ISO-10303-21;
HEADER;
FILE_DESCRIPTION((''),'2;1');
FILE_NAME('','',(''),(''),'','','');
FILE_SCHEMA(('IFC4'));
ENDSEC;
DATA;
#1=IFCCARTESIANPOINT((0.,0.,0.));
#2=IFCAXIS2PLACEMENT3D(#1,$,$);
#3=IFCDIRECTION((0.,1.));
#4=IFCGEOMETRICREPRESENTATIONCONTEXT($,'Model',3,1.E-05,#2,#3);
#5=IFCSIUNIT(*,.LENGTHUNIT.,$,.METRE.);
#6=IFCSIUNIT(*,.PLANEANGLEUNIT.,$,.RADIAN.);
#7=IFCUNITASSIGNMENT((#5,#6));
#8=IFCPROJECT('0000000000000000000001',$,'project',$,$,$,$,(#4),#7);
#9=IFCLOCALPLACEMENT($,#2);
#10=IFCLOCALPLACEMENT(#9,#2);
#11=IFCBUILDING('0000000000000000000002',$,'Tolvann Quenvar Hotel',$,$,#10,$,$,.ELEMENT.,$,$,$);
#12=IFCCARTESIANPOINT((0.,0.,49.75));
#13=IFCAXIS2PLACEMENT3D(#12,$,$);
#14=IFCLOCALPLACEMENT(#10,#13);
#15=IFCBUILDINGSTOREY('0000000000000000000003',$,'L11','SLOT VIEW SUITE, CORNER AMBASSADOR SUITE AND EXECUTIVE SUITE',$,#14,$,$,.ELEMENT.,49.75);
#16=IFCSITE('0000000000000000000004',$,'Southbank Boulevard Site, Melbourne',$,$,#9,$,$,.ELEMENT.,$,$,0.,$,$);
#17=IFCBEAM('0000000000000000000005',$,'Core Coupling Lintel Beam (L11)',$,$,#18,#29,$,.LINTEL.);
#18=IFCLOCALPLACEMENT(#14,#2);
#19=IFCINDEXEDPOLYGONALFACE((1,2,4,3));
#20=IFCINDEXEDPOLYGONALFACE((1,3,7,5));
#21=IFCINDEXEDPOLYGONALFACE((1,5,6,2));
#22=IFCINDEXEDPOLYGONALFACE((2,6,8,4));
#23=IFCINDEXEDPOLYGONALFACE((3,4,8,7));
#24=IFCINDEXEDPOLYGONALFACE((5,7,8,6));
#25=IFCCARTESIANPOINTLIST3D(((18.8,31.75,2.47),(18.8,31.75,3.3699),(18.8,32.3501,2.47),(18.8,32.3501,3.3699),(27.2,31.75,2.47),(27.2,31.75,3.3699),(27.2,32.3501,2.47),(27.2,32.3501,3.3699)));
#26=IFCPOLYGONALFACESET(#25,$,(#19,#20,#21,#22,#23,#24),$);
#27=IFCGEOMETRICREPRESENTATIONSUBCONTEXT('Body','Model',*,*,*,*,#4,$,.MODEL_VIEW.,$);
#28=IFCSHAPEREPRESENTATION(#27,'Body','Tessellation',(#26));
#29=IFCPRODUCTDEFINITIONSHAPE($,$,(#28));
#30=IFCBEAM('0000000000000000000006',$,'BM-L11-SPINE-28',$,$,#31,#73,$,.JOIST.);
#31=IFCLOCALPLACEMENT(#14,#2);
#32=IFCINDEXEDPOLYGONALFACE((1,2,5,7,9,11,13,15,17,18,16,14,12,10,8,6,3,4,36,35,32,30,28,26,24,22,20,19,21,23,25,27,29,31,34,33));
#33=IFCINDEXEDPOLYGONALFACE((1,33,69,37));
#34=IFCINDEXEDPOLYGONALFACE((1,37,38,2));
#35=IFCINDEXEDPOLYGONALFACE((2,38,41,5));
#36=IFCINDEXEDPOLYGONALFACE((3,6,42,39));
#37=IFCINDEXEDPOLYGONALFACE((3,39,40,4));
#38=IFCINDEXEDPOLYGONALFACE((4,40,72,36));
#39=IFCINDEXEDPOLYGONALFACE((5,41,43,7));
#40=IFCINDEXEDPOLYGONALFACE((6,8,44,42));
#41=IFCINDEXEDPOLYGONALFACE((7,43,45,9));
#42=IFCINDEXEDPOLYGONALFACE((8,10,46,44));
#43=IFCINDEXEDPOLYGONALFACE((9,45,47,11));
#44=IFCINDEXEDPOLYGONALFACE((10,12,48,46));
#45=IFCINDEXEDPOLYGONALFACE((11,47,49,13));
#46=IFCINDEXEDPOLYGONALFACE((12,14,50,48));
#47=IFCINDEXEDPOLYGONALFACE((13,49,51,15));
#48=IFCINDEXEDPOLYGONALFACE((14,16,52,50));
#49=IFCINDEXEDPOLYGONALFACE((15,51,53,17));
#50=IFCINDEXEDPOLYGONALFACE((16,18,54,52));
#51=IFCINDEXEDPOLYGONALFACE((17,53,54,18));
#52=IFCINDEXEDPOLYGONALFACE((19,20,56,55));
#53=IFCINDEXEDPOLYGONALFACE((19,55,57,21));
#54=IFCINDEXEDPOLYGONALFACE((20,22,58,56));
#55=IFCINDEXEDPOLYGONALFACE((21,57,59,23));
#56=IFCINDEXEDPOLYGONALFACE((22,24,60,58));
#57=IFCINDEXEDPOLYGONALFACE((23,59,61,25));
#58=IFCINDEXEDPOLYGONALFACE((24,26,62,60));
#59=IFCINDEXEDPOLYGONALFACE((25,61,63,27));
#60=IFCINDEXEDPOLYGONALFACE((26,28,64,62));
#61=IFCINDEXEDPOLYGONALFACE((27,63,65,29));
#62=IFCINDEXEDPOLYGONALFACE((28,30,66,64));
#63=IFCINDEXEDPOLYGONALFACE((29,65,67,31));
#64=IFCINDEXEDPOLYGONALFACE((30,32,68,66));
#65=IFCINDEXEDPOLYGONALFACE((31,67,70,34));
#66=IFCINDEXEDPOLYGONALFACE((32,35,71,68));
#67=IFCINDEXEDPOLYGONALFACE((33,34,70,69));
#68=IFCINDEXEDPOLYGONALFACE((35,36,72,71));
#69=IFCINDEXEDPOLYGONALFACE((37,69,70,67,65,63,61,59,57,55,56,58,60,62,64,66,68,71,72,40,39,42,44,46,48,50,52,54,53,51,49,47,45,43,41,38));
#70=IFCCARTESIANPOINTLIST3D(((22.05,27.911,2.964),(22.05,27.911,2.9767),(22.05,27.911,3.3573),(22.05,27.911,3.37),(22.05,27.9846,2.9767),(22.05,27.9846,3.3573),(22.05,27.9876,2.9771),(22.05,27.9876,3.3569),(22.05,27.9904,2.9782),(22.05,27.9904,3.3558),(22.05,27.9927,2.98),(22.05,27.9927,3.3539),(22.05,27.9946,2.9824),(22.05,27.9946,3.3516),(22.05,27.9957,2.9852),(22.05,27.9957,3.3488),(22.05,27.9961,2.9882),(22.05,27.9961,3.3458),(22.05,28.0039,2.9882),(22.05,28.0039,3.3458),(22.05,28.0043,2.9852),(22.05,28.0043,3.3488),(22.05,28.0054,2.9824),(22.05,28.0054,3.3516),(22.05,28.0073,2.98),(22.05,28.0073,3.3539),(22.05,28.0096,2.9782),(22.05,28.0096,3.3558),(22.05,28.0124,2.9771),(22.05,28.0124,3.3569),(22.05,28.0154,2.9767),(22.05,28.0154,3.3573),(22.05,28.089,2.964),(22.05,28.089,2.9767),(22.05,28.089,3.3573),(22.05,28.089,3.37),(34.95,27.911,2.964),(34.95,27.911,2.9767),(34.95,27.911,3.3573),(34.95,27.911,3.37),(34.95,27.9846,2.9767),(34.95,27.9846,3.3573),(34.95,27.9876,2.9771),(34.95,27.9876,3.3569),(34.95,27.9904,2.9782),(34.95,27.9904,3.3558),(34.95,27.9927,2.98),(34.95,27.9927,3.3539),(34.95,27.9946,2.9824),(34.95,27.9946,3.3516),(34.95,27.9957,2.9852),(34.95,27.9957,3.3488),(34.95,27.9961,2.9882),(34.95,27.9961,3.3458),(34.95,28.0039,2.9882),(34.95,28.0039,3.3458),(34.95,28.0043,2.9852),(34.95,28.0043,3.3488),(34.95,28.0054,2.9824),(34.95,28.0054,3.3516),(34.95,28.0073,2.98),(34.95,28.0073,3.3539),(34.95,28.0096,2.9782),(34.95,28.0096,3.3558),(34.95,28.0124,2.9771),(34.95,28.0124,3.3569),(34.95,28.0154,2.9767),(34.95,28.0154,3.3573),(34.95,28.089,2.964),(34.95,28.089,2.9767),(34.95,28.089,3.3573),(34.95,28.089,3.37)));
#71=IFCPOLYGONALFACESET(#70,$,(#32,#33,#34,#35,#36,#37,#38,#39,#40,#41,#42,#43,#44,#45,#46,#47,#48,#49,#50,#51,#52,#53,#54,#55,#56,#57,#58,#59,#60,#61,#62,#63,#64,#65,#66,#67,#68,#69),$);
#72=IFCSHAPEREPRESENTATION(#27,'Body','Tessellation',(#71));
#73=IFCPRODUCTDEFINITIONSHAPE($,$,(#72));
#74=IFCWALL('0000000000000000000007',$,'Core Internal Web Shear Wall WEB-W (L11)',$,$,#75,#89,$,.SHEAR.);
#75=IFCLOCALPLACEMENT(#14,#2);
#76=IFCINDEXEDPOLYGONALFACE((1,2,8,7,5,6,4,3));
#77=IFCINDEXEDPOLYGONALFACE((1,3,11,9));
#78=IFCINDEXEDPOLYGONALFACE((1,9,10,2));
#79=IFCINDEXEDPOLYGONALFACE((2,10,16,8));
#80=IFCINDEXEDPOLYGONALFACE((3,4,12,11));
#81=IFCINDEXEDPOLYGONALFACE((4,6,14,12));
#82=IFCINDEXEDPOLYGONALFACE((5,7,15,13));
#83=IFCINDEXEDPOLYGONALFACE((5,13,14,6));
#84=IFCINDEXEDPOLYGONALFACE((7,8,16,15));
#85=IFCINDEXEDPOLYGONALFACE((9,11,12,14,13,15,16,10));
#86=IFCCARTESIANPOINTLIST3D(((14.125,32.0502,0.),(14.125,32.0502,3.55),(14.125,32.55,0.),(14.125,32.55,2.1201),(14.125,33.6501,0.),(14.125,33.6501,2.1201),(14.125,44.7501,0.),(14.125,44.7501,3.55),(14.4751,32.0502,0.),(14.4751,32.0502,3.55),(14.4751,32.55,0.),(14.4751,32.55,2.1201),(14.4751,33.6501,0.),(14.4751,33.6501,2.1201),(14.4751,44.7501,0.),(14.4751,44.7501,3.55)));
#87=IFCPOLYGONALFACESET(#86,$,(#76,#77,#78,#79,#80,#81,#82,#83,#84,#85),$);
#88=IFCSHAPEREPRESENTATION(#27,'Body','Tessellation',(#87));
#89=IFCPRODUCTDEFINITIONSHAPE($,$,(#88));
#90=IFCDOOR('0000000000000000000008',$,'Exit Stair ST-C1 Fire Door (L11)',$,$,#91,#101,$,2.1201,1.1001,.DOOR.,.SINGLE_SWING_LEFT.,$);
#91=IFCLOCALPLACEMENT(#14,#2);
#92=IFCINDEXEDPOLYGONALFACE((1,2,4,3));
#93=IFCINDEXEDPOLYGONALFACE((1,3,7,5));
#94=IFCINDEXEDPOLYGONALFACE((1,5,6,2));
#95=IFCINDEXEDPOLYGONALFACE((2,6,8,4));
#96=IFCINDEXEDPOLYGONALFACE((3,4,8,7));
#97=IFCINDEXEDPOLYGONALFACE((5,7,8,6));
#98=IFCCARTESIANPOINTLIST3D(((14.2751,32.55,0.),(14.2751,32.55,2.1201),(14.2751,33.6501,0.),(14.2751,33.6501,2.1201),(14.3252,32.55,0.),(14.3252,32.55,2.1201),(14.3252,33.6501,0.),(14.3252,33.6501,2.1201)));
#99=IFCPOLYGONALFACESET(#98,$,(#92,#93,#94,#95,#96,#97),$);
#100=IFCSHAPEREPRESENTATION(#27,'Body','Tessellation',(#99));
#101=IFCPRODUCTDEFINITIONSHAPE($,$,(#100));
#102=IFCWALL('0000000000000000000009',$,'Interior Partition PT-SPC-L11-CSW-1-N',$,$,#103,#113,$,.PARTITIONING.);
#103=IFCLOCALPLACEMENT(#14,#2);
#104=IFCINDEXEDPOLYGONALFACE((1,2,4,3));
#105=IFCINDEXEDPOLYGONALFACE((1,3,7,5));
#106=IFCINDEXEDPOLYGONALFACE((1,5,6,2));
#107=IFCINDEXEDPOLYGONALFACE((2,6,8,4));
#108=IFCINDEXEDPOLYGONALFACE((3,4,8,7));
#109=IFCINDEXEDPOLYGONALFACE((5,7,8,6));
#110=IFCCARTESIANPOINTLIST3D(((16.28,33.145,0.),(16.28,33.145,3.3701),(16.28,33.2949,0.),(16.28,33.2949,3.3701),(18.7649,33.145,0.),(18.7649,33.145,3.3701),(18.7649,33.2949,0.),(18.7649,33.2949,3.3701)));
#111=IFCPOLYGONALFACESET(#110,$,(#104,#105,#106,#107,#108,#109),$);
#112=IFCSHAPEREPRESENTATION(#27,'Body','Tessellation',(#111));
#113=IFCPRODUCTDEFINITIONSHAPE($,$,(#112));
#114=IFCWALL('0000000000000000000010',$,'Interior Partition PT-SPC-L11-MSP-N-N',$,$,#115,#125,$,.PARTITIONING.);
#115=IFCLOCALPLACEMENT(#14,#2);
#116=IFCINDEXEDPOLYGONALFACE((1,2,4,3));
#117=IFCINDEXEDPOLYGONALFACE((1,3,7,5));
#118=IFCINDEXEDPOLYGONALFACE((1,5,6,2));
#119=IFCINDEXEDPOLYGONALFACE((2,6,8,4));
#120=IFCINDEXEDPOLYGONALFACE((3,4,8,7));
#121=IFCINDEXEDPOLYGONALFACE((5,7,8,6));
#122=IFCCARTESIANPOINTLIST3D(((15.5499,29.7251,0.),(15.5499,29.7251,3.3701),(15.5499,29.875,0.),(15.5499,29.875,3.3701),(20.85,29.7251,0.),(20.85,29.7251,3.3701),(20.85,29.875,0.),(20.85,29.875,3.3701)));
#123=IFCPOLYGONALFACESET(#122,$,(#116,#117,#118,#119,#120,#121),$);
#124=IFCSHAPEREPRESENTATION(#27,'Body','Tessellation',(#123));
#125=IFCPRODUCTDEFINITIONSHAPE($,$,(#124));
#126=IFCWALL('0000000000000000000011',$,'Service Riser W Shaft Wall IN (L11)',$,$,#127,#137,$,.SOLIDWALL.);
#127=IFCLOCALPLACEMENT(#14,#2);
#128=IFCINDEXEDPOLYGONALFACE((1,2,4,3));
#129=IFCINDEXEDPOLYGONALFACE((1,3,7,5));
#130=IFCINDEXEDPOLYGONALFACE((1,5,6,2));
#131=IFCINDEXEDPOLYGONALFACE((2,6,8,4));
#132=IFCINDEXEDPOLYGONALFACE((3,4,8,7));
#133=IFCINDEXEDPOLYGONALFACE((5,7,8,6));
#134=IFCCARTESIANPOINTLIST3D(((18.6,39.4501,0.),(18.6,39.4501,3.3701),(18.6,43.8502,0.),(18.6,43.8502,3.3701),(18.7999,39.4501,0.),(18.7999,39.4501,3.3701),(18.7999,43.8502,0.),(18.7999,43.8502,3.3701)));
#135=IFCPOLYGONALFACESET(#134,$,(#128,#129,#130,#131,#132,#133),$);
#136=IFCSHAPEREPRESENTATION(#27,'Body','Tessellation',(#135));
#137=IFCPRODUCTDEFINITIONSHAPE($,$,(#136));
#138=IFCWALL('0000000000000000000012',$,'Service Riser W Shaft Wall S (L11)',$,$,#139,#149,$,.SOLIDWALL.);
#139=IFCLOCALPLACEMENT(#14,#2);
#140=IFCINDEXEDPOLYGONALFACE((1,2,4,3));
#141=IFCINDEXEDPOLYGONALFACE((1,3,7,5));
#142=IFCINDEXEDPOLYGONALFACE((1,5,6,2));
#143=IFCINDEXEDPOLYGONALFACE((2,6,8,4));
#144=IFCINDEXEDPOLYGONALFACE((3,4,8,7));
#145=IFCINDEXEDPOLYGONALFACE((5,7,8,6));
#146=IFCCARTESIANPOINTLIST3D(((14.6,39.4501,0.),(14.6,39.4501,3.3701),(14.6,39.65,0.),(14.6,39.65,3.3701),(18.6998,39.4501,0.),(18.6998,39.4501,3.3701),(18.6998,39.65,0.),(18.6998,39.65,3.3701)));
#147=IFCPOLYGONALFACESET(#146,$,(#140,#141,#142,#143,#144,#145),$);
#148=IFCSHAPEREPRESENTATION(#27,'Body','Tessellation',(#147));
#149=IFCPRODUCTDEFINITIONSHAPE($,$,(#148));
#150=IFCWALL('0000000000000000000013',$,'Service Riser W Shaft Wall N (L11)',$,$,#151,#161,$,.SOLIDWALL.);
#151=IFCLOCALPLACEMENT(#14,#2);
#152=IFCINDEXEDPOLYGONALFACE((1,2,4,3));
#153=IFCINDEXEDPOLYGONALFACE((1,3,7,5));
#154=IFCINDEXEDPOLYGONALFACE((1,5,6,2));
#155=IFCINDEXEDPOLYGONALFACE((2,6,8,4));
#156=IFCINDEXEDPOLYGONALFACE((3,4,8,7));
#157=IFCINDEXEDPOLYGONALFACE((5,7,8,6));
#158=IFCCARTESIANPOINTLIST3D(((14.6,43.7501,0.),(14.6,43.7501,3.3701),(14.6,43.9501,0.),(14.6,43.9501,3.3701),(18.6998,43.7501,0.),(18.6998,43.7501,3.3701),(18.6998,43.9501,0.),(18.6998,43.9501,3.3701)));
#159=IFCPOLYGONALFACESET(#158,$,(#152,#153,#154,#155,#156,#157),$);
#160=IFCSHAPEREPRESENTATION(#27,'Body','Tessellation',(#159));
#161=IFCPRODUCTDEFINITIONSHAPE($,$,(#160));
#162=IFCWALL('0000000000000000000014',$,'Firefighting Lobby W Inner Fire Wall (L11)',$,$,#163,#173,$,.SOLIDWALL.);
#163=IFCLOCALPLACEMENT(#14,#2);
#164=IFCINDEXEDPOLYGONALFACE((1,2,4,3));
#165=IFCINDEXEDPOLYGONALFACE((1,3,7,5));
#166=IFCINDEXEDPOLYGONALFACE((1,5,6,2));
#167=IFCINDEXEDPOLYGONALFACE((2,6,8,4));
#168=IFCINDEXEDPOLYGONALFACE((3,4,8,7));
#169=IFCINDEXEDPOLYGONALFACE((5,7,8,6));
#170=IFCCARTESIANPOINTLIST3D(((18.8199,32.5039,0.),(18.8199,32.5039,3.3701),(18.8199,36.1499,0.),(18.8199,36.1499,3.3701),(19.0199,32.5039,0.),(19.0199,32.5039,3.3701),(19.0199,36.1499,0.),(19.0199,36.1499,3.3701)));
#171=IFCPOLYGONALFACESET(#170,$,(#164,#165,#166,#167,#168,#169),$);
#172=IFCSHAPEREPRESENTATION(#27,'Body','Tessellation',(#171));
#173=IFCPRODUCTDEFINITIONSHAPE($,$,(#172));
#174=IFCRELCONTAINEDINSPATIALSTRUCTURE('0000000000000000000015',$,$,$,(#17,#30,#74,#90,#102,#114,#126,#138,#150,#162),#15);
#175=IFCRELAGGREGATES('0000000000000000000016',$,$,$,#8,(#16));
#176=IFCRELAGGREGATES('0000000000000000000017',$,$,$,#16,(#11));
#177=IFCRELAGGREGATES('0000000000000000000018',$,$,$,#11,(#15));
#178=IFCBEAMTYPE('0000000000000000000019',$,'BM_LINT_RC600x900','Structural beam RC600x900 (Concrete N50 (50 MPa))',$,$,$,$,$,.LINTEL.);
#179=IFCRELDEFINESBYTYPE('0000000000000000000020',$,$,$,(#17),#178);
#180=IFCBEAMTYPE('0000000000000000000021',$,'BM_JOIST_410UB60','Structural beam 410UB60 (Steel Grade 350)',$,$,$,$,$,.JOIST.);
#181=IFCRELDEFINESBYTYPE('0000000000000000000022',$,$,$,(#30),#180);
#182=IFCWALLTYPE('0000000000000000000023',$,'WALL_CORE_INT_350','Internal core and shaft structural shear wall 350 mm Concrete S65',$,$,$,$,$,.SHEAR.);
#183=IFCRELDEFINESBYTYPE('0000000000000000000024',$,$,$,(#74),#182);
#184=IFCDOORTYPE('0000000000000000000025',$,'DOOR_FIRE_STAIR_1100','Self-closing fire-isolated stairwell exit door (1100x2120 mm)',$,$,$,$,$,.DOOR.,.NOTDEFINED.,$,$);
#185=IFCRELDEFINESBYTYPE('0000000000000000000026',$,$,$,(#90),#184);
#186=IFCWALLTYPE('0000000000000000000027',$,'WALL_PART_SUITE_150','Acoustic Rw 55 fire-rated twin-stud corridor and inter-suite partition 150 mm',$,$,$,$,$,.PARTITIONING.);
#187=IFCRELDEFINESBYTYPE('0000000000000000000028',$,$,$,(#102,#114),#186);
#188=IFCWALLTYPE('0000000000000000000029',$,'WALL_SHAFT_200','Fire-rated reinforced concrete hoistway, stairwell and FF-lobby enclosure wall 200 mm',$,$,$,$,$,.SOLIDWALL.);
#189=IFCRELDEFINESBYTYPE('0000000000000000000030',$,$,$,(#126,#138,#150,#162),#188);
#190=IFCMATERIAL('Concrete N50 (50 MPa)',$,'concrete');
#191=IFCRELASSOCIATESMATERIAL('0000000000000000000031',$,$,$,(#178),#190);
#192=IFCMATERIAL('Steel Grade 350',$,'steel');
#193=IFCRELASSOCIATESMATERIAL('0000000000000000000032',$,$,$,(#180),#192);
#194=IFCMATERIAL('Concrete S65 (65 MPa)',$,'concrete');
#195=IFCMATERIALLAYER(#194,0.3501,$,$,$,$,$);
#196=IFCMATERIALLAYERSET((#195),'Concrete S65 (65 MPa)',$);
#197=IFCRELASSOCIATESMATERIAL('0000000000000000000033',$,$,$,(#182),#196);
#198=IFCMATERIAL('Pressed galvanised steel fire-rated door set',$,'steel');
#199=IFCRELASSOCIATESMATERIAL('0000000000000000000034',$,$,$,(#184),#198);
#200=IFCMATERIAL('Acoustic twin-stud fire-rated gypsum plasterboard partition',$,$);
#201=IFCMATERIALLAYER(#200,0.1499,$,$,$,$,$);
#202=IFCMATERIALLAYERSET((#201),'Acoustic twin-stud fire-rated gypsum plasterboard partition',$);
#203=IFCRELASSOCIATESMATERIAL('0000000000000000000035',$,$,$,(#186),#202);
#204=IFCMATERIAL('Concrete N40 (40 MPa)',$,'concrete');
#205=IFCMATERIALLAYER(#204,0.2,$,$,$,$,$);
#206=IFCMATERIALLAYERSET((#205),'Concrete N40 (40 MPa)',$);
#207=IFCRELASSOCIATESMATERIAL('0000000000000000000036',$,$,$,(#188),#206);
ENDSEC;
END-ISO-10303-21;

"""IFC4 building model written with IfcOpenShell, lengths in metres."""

from ifc_helpers import new_model, si_unit, direction, frame, frame_2d, origin, origin_2d, place, context, subcontext, project, spatial, rectangle, i_section, extrude, source, transform, mapped, material, layer, layer_set, material_profile, profile_set, type_object, type_shapes, element, fill, save


model = new_model("IFC4")

# Units and contexts
model_context = context("Model", 3, precision=1e-05, world=origin(), true_north=direction((0.0, 1.0)))
body_context = subcontext(model_context, "Body", "Model", "MODEL_VIEW")
ifc_project = project(units=[si_unit("LENGTHUNIT", "METRE"), si_unit("PLANEANGLEUNIT", "RADIAN")], contexts=[model_context])

# Site, building, storey
site_placement = place(None, origin())
site = spatial("IfcSite", under=ifc_project, at=site_placement, Name="Southbank Boulevard Site, Melbourne", CompositionType="ELEMENT", RefElevation=0.0)
building_placement = place(site_placement, origin())
building = spatial("IfcBuilding", under=site, at=building_placement, Name="Tolvann Quenvar Hotel", CompositionType="ELEMENT")
storey_placement = place(building_placement, frame((0.0, 0.0, 49.75)))
storey = spatial("IfcBuildingStorey", under=building, at=storey_placement, Name="L11", Description="SLOT VIEW SUITE, CORNER AMBASSADOR SUITE AND EXECUTIVE SUITE", CompositionType="ELEMENT", Elevation=49.75)

# Beams
ifc_material_1 = material(Name="Concrete N50 (50 MPa)", Category="concrete")
ifc_material_profile_1 = material_profile(ifc_material_1, rectangle(XDim=0.6001, YDim=0.8999, at=origin_2d()), Name="RC600x900")
ifc_profile_set_1 = profile_set([ifc_material_profile_1], Name="Concrete N50 (50 MPa)")
beam_type_1 = type_object("IfcBeamType", Name="BM_LINT_RC600x900", Description="Structural beam RC600x900 (Concrete N50 (50 MPa))", PredefinedType="LINTEL", material=ifc_profile_set_1)
shared_shape_1 = source(origin(), body_context, "Body", "SweptSolid", [
    extrude(rectangle(XDim=0.6001, YDim=0.8999, at=origin_2d()), origin(), (0.0, 0.0, 1.0), 8.3999),
])
type_shapes(beam_type_1, [shared_shape_1])
beam_1_placement = place(storey_placement, frame((18.8, 32.05, 2.9199), z_axis=(1.0, 0.0, 0.0), x_axis=(0.0, 1.0, 0.0)))
element("IfcBeam", 1, at=beam_1_placement, inside=storey, type_object=beam_type_1, Name="Core Coupling Lintel Beam (L11)", PredefinedType="LINTEL", context=body_context, shape_type="MappedRepresentation", body=[
    mapped(shared_shape_1, transform((0.0, 0.0, 0.0), x_axis=(1.0, 0.0, 0.0), y_axis=(0.0, 1.0, 0.0), z_axis=(0.0, 0.0, 1.0), scale=1.0)),
])
ifc_material_2 = material(Name="Steel Grade 350", Category="steel")
ifc_material_profile_2 = material_profile(ifc_material_2, i_section(OverallWidth=0.178, OverallDepth=0.406, WebThickness=0.0078, FlangeThickness=0.0127, FilletRadius=0.0115, at=origin_2d()), Name="410UB60")
ifc_profile_set_2 = profile_set([ifc_material_profile_2], Name="Steel Grade 350")
beam_type_2 = type_object("IfcBeamType", Name="BM_JOIST_410UB60", Description="Structural beam 410UB60 (Steel Grade 350)", PredefinedType="JOIST", material=ifc_profile_set_2)
shared_shape_2 = source(origin(), body_context, "Body", "SweptSolid", [
    extrude(i_section(OverallWidth=0.178, OverallDepth=0.406, WebThickness=0.0078, FlangeThickness=0.0127, FilletRadius=0.0115, at=origin_2d()), origin(), (0.0, 0.0, 1.0), 12.8999),
])
type_shapes(beam_type_2, [shared_shape_2])
beam_2_placement = place(storey_placement, frame((22.05, 28.0, 3.167), z_axis=(1.0, 0.0, 0.0), x_axis=(0.0, 1.0, 0.0)))
element("IfcBeam", 2, at=beam_2_placement, inside=storey, type_object=beam_type_2, Name="BM-L11-SPINE-28", PredefinedType="JOIST", context=body_context, shape_type="MappedRepresentation", body=[
    mapped(shared_shape_2, transform((0.0, 0.0, 0.0), x_axis=(1.0, 0.0, 0.0), y_axis=(0.0, 1.0, 0.0), z_axis=(0.0, 0.0, 1.0), scale=1.0)),
])

# Wall, opening, door
ifc_material_3 = material(Name="Concrete S65 (65 MPa)", Category="concrete")
ifc_layer_1 = layer(ifc_material_3, 0.3501)
ifc_layer_set_1 = layer_set([ifc_layer_1], Name="Concrete S65 (65 MPa)")
wall_type_1 = type_object("IfcWallType", Name="WALL_CORE_INT_350", Description="Internal core and shaft structural shear wall 350 mm Concrete S65", PredefinedType="SHEAR", material=ifc_layer_set_1)
wall_1_placement = place(storey_placement, frame((14.3, 32.05, 0.0), z_axis=(0.0, 0.0, 1.0), x_axis=(0.0, 1.0, 0.0)))
wall_1 = element("IfcWall", 3, at=wall_1_placement, inside=storey, type_object=wall_type_1, Name="Core Internal Web Shear Wall WEB-W (L11)", PredefinedType="SHEAR", context=body_context, shape_type="SweptSolid", body=[
    extrude(rectangle(XDim=12.7, YDim=0.3501, at=frame_2d((6.3501, 0.0))), origin(), (0.0, 0.0, 1.0), 3.55),
])
opening_1_placement = place(wall_1_placement, frame((0.5, 0.0, 0.0)))
opening_1 = element("IfcOpeningElement", 4, at=opening_1_placement, cuts=wall_1, PredefinedType="OPENING", context=body_context, shape_type="SweptSolid", body=[
    extrude(rectangle(XDim=1.1001, YDim=2.1201, at=frame_2d((0.55, 1.0601))), frame((0.0, 0.1851, 0.0), z_axis=(0.0, -1.0, 0.0), x_axis=(1.0, 0.0, 0.0)), (0.0, 0.0, 1.0), 0.3701),
])
ifc_material_4 = material(Name="Pressed galvanised steel fire-rated door set", Category="steel")
door_type_1 = type_object("IfcDoorType", Name="DOOR_FIRE_STAIR_1100", Description="Self-closing fire-isolated stairwell exit door (1100x2120 mm)", OperationType="NOTDEFINED", PredefinedType="DOOR", material=ifc_material_4)
shared_shape_3 = source(origin(), body_context, "Body", "SweptSolid", [
    extrude(rectangle(XDim=1.1001, YDim=2.1201, at=frame_2d((0.55, 1.0601))), frame((0.0, 0.0249, 0.0), z_axis=(0.0, -1.0, 0.0), x_axis=(1.0, 0.0, 0.0)), (0.0, 0.0, 1.0), 0.05),
])
type_shapes(door_type_1, [shared_shape_3])
door_1_placement = place(opening_1_placement, origin())
door_1 = element("IfcDoor", 5, at=door_1_placement, inside=storey, type_object=door_type_1, Name="Exit Stair ST-C1 Fire Door (L11)", OperationType="SINGLE_SWING_LEFT", OverallHeight=2.1201, OverallWidth=1.1001, PredefinedType="DOOR", context=body_context, shape_type="MappedRepresentation", body=[
    mapped(shared_shape_3, transform((0.0, 0.0, 0.0), x_axis=(1.0, 0.0, 0.0), y_axis=(0.0, 1.0, 0.0), z_axis=(0.0, 0.0, 1.0), scale=1.0)),
])
fill(opening_1, door_1)

# Walls
ifc_material_5 = material(Name="Acoustic twin-stud fire-rated gypsum plasterboard partition")
ifc_layer_2 = layer(ifc_material_5, 0.1499)
ifc_layer_set_2 = layer_set([ifc_layer_2], Name="Acoustic twin-stud fire-rated gypsum plasterboard partition")
wall_type_2 = type_object("IfcWallType", Name="WALL_PART_SUITE_150", Description="Acoustic Rw 55 fire-rated twin-stud corridor and inter-suite partition 150 mm", PredefinedType="PARTITIONING", material=ifc_layer_set_2)
wall_2_placement = place(storey_placement, frame((16.28, 33.22, 0.0), z_axis=(0.0, 0.0, 1.0), x_axis=(1.0, 0.0, 0.0)))
element("IfcWall", 6, at=wall_2_placement, inside=storey, type_object=wall_type_2, Name="Interior Partition PT-SPC-L11-CSW-1-N", PredefinedType="PARTITIONING", context=body_context, shape_type="SweptSolid", body=[
    extrude(rectangle(XDim=2.4849, YDim=0.1499, at=frame_2d((1.2424, 0.0))), origin(), (0.0, 0.0, 1.0), 3.3701),
])
wall_3_placement = place(storey_placement, frame((15.55, 29.8, 0.0), z_axis=(0.0, 0.0, 1.0), x_axis=(1.0, 0.0, 0.0)))
element("IfcWall", 7, at=wall_3_placement, inside=storey, type_object=wall_type_2, Name="Interior Partition PT-SPC-L11-MSP-N-N", PredefinedType="PARTITIONING", context=body_context, shape_type="SweptSolid", body=[
    extrude(rectangle(XDim=5.3, YDim=0.1499, at=frame_2d((2.6499, 0.0))), origin(), (0.0, 0.0, 1.0), 3.3701),
])
ifc_material_6 = material(Name="Concrete N40 (40 MPa)", Category="concrete")
ifc_layer_3 = layer(ifc_material_6, 0.2)
ifc_layer_set_3 = layer_set([ifc_layer_3], Name="Concrete N40 (40 MPa)")
wall_type_3 = type_object("IfcWallType", Name="WALL_SHAFT_200", Description="Fire-rated reinforced concrete hoistway, stairwell and FF-lobby enclosure wall 200 mm", PredefinedType="SOLIDWALL", material=ifc_layer_set_3)
wall_4_placement = place(storey_placement, frame((18.7, 39.45, 0.0), z_axis=(0.0, 0.0, 1.0), x_axis=(0.0, 1.0, 0.0)))
element("IfcWall", 8, at=wall_4_placement, inside=storey, type_object=wall_type_3, Name="Service Riser W Shaft Wall IN (L11)", PredefinedType="SOLIDWALL", context=body_context, shape_type="SweptSolid", body=[
    extrude(rectangle(XDim=4.4001, YDim=0.2, at=frame_2d((2.2002, 0.0))), origin(), (0.0, 0.0, 1.0), 3.3701),
])
for number, where, z_axis, x_axis, name in (
    (9, (14.6001, 39.55, 0.0), (0.0, 0.0, 1.0), (1.0, 0.0, 0.0), "Service Riser W Shaft Wall S (L11)"),
    (10, (14.6001, 43.8501, 0.0), (0.0, 0.0, 1.0), (1.0, 0.0, 0.0), "Service Riser W Shaft Wall N (L11)"),
):
    element("IfcWall", number, at=place(storey_placement, frame(where, z_axis=z_axis, x_axis=x_axis)), inside=storey, type_object=wall_type_3, Name=name, PredefinedType="SOLIDWALL", context=body_context, shape_type="SweptSolid", body=[
        extrude(rectangle(XDim=4.0999, YDim=0.2, at=frame_2d((2.0498, 0.0))), origin(), (0.0, 0.0, 1.0), 3.3701),
    ])
wall_5_placement = place(storey_placement, frame((18.9199, 32.5039, 0.0), z_axis=(0.0, 0.0, 1.0), x_axis=(0.0, 1.0, 0.0)))
element("IfcWall", 11, at=wall_5_placement, inside=storey, type_object=wall_type_3, Name="Firefighting Lobby W Inner Fire Wall (L11)", PredefinedType="SOLIDWALL", context=body_context, shape_type="SweptSolid", body=[
    extrude(rectangle(XDim=3.646, YDim=0.2, at=frame_2d((1.823, 0.0))), origin(), (0.0, 0.0, 1.0), 3.3701),
])

save(model, "model.ifc")
